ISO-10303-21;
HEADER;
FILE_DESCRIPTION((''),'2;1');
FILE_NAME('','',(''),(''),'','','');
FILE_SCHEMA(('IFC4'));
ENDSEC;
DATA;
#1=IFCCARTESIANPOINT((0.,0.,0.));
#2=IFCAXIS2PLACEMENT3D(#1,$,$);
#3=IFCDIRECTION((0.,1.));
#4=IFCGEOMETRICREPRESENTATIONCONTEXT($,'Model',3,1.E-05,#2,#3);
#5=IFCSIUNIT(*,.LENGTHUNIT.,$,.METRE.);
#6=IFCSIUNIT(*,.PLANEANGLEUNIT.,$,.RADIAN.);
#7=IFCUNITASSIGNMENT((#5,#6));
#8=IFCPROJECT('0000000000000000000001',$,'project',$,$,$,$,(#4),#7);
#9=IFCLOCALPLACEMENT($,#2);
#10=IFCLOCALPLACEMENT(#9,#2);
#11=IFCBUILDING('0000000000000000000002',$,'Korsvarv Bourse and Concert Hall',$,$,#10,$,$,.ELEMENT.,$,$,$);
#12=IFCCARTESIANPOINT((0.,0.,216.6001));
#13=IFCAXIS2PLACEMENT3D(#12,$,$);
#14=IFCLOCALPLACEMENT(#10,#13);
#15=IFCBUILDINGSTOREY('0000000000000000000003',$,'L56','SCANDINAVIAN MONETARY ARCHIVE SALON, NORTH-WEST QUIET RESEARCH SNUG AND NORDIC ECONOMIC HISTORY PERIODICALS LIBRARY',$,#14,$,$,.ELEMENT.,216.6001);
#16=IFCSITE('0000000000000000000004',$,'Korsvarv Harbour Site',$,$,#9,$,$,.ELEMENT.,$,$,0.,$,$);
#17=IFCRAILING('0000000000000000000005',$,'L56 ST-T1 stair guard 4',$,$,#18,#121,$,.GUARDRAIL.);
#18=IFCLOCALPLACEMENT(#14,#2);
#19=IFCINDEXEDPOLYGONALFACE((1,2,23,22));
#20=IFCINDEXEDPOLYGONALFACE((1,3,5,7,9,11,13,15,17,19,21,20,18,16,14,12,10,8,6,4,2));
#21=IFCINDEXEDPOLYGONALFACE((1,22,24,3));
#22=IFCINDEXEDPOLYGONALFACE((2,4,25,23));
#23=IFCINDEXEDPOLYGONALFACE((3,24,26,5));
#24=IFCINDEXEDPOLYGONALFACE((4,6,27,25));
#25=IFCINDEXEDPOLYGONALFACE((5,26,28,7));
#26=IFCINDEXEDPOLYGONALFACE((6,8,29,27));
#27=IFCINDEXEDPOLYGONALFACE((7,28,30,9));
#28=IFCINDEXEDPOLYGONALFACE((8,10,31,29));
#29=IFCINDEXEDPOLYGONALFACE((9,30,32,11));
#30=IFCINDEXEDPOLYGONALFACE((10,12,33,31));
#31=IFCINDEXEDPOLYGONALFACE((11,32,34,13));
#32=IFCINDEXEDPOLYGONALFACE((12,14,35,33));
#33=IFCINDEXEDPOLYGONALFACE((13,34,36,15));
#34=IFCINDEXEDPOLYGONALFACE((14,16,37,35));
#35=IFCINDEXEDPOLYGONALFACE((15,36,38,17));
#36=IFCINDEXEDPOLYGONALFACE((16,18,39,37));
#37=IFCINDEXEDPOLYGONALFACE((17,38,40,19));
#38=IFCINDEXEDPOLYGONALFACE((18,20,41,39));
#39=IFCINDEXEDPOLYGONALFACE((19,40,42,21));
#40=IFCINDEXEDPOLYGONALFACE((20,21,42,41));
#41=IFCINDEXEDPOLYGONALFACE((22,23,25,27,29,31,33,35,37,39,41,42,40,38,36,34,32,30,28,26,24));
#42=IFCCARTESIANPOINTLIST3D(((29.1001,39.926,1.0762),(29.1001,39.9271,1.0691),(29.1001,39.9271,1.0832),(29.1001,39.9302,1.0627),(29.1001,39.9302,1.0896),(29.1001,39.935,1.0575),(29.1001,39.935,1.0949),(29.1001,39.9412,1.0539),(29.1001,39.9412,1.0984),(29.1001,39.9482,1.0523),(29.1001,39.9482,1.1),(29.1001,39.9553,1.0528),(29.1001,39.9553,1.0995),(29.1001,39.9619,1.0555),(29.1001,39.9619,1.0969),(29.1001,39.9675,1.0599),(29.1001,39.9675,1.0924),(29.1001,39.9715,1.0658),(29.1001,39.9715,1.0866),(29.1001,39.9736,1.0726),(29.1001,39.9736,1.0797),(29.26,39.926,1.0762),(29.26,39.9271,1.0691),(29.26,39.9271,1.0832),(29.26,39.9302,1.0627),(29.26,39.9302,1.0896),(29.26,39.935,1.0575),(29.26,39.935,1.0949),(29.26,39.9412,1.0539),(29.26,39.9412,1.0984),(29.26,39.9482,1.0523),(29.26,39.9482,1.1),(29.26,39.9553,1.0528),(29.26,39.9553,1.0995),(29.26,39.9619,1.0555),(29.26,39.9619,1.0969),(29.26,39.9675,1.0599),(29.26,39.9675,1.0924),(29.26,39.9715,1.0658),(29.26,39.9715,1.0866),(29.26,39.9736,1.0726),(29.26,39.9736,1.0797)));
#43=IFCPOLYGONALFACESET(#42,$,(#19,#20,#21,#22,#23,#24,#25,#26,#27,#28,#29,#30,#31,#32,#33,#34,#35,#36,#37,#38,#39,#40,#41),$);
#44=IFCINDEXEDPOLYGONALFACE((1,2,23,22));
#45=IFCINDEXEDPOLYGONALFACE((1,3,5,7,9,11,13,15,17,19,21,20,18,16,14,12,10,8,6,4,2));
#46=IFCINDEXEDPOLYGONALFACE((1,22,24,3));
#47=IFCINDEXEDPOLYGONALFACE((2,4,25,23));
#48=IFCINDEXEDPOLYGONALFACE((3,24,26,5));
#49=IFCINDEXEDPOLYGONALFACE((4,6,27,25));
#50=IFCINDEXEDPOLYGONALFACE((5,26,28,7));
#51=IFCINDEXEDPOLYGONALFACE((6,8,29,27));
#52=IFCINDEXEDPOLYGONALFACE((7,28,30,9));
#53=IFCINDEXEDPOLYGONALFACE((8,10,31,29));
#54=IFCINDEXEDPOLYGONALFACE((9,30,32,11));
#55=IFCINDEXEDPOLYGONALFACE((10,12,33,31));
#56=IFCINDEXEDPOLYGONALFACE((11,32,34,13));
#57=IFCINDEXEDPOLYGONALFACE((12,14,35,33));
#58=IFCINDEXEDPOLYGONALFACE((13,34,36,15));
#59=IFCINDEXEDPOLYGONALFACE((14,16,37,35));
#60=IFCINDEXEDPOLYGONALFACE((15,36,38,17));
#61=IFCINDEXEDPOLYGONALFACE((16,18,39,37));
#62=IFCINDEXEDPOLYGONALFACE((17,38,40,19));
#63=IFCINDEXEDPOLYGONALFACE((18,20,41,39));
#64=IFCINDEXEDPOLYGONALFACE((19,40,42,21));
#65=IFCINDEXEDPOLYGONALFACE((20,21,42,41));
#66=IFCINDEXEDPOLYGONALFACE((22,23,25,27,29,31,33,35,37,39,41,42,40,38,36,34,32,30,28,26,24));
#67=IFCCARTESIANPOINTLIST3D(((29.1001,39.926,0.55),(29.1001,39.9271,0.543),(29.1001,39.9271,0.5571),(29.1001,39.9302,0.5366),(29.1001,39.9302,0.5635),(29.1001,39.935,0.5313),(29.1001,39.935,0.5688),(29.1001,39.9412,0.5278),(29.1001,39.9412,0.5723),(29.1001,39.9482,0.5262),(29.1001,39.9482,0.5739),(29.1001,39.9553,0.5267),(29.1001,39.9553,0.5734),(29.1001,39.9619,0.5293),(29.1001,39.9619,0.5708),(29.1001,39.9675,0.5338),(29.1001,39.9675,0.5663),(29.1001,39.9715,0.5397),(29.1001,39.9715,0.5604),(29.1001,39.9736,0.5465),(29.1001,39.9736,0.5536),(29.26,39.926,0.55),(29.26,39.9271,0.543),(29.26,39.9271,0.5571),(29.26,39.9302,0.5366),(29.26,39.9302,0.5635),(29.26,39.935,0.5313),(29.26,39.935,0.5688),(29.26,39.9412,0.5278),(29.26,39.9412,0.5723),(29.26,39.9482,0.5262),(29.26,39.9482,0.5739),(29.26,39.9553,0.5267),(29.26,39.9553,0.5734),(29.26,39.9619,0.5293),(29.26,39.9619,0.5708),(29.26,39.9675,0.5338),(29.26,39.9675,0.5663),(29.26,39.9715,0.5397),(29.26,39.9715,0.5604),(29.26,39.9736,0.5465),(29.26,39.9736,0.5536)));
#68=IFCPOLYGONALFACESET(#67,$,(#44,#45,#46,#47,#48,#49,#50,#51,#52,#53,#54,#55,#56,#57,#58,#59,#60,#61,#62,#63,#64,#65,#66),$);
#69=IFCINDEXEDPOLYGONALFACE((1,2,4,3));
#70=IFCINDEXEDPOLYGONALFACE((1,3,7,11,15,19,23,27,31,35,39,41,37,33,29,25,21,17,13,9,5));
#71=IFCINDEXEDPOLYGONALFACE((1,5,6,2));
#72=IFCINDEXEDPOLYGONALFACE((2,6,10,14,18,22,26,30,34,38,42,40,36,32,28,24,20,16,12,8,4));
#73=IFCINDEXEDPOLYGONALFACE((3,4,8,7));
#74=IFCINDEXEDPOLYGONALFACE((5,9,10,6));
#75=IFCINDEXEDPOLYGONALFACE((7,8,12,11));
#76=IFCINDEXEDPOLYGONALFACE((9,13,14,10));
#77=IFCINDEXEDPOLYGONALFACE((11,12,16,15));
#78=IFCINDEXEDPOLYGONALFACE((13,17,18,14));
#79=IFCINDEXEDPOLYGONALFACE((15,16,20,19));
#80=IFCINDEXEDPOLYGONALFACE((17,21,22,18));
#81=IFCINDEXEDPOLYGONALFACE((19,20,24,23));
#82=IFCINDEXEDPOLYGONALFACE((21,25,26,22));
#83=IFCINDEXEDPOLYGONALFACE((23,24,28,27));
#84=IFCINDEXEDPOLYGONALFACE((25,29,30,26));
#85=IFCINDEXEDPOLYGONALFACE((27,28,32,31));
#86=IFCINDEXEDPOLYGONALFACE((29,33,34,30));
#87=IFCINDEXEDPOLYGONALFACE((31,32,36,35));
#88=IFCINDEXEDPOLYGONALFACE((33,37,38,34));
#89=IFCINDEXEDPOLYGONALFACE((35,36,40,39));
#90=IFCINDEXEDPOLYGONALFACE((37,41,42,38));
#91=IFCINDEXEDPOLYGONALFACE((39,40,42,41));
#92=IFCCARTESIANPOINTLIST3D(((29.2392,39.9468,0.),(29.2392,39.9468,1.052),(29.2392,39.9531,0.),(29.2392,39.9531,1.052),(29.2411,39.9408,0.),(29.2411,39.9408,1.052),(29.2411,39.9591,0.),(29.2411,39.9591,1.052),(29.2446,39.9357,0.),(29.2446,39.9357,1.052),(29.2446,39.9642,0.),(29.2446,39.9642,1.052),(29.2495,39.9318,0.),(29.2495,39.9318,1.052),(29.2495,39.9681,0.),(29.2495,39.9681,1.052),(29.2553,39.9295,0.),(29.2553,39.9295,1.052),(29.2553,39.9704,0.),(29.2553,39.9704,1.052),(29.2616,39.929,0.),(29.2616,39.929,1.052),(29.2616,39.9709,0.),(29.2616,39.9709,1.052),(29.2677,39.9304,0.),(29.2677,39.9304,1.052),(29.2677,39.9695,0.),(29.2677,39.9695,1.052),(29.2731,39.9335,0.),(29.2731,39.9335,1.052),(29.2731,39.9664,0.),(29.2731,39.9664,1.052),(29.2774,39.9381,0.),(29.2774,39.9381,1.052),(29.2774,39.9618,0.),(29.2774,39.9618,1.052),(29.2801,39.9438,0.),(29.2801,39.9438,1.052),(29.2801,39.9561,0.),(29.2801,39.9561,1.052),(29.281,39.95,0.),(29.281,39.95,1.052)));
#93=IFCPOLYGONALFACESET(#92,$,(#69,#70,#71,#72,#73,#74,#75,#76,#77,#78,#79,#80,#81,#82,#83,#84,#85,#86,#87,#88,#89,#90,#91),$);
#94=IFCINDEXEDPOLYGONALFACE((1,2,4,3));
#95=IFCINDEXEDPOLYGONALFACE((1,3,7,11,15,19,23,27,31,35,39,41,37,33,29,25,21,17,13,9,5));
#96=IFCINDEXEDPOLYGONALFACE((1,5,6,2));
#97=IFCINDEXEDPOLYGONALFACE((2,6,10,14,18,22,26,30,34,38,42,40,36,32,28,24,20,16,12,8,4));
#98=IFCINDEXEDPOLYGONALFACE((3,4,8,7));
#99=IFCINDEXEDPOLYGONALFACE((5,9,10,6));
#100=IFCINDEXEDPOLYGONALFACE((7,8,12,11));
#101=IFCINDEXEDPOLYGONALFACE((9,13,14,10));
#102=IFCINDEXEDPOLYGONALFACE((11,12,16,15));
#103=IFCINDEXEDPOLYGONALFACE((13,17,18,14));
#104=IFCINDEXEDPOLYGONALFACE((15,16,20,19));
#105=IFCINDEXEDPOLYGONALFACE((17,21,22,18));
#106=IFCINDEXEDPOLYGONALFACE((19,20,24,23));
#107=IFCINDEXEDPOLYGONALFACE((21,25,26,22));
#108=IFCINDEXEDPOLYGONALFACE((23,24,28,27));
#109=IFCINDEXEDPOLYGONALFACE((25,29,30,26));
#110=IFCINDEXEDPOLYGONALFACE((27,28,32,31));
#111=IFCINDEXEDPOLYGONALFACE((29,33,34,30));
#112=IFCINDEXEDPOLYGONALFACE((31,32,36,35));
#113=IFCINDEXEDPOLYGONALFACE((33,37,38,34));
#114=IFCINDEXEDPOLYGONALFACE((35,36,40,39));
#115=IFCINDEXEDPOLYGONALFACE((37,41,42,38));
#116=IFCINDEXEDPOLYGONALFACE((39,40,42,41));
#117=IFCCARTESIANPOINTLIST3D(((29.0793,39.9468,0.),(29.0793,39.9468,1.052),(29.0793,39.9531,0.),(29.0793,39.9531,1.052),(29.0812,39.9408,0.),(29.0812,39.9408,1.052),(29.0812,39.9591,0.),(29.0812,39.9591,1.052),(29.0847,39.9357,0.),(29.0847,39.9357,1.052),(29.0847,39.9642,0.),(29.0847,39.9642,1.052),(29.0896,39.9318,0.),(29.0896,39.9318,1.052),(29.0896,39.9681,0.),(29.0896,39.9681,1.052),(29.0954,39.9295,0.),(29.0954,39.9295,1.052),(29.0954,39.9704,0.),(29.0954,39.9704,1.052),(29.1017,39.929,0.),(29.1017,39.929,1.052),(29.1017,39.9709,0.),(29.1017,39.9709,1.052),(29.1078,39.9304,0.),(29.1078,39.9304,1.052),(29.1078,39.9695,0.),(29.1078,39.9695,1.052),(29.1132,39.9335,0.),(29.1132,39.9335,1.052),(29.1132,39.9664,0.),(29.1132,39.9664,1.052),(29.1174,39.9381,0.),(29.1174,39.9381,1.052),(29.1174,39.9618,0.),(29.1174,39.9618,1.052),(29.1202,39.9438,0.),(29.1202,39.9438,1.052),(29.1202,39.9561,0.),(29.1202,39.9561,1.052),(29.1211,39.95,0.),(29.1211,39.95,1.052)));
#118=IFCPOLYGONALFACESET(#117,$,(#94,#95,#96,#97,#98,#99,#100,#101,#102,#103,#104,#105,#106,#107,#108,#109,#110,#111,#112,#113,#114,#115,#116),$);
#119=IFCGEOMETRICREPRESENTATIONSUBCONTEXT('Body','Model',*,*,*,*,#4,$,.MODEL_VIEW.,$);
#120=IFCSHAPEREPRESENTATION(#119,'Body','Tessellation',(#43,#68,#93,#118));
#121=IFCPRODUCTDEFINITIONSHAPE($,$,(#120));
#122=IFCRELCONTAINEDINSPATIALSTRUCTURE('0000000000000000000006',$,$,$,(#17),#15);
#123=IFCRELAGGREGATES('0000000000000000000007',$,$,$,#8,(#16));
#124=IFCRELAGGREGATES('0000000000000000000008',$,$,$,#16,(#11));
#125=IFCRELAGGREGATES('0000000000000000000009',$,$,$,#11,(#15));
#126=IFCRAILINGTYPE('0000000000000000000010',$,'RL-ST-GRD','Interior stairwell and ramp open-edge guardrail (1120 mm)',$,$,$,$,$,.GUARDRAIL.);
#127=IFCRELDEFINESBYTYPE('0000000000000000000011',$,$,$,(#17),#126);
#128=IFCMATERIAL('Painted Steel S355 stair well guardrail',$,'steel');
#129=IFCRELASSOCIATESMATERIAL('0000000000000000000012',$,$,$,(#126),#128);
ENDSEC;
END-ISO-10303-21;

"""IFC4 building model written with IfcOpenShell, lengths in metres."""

from ifc_helpers import new_model, si_unit, direction, frame, origin, origin_2d, place, context, subcontext, project, spatial, circle, extrude, material, type_object, element, save


model = new_model("IFC4")

# Units and contexts
model_context = context("Model", 3, precision=1e-05, world=origin(), true_north=direction((0.0, 1.0)))
body_context = subcontext(model_context, "Body", "Model", "MODEL_VIEW")
ifc_project = project(units=[si_unit("LENGTHUNIT", "METRE"), si_unit("PLANEANGLEUNIT", "RADIAN")], contexts=[model_context])

# Site, building, storey
site_placement = place(None, origin())
site = spatial("IfcSite", under=ifc_project, at=site_placement, Name="Korsvarv Harbour Site", CompositionType="ELEMENT", RefElevation=0.0)
building_placement = place(site_placement, origin())
building = spatial("IfcBuilding", under=site, at=building_placement, Name="Korsvarv Bourse and Concert Hall", CompositionType="ELEMENT")
storey_placement = place(building_placement, frame((0.0, 0.0, 216.6001)))
storey = spatial("IfcBuildingStorey", under=building, at=storey_placement, Name="L56", Description="SCANDINAVIAN MONETARY ARCHIVE SALON, NORTH-WEST QUIET RESEARCH SNUG AND NORDIC ECONOMIC HISTORY PERIODICALS LIBRARY", CompositionType="ELEMENT", Elevation=216.6001)

# Railing
ifc_material_1 = material(Name="Painted Steel S355 stair well guardrail", Category="steel")
railing_type_1 = type_object("IfcRailingType", Name="RL-ST-GRD", Description="Interior stairwell and ramp open-edge guardrail (1120 mm)", PredefinedType="GUARDRAIL", material=ifc_material_1)
railing_1_placement = place(storey_placement, frame((29.26, 39.95, 0.0)))
element("IfcRailing", 1, at=railing_1_placement, inside=storey, type_object=railing_type_1, Name="L56 ST-T1 stair guard 4", PredefinedType="GUARDRAIL", context=body_context, shape_type="SweptSolid", body=[
    extrude(circle(Radius=0.0239, at=origin_2d()), frame((0.0, 0.0, 1.0762), z_axis=(-1.0, 0.0, 0.0), x_axis=(0.0, -1.0, 0.0)), (0.0, 0.0, 1.0), 0.1599),
    extrude(circle(Radius=0.0239, at=origin_2d()), frame((0.0, 0.0, 0.55), z_axis=(-1.0, 0.0, 0.0), x_axis=(0.0, -1.0, 0.0)), (0.0, 0.0, 1.0), 0.1599),
    extrude(circle(Radius=0.021, at=origin_2d()), origin(), (0.0, 0.0, 1.0), 1.052),
    extrude(circle(Radius=0.021, at=origin_2d()), frame((-0.1599, 0.0, 0.0)), (0.0, 0.0, 1.0), 1.052),
])

save(model, "model.ifc")
